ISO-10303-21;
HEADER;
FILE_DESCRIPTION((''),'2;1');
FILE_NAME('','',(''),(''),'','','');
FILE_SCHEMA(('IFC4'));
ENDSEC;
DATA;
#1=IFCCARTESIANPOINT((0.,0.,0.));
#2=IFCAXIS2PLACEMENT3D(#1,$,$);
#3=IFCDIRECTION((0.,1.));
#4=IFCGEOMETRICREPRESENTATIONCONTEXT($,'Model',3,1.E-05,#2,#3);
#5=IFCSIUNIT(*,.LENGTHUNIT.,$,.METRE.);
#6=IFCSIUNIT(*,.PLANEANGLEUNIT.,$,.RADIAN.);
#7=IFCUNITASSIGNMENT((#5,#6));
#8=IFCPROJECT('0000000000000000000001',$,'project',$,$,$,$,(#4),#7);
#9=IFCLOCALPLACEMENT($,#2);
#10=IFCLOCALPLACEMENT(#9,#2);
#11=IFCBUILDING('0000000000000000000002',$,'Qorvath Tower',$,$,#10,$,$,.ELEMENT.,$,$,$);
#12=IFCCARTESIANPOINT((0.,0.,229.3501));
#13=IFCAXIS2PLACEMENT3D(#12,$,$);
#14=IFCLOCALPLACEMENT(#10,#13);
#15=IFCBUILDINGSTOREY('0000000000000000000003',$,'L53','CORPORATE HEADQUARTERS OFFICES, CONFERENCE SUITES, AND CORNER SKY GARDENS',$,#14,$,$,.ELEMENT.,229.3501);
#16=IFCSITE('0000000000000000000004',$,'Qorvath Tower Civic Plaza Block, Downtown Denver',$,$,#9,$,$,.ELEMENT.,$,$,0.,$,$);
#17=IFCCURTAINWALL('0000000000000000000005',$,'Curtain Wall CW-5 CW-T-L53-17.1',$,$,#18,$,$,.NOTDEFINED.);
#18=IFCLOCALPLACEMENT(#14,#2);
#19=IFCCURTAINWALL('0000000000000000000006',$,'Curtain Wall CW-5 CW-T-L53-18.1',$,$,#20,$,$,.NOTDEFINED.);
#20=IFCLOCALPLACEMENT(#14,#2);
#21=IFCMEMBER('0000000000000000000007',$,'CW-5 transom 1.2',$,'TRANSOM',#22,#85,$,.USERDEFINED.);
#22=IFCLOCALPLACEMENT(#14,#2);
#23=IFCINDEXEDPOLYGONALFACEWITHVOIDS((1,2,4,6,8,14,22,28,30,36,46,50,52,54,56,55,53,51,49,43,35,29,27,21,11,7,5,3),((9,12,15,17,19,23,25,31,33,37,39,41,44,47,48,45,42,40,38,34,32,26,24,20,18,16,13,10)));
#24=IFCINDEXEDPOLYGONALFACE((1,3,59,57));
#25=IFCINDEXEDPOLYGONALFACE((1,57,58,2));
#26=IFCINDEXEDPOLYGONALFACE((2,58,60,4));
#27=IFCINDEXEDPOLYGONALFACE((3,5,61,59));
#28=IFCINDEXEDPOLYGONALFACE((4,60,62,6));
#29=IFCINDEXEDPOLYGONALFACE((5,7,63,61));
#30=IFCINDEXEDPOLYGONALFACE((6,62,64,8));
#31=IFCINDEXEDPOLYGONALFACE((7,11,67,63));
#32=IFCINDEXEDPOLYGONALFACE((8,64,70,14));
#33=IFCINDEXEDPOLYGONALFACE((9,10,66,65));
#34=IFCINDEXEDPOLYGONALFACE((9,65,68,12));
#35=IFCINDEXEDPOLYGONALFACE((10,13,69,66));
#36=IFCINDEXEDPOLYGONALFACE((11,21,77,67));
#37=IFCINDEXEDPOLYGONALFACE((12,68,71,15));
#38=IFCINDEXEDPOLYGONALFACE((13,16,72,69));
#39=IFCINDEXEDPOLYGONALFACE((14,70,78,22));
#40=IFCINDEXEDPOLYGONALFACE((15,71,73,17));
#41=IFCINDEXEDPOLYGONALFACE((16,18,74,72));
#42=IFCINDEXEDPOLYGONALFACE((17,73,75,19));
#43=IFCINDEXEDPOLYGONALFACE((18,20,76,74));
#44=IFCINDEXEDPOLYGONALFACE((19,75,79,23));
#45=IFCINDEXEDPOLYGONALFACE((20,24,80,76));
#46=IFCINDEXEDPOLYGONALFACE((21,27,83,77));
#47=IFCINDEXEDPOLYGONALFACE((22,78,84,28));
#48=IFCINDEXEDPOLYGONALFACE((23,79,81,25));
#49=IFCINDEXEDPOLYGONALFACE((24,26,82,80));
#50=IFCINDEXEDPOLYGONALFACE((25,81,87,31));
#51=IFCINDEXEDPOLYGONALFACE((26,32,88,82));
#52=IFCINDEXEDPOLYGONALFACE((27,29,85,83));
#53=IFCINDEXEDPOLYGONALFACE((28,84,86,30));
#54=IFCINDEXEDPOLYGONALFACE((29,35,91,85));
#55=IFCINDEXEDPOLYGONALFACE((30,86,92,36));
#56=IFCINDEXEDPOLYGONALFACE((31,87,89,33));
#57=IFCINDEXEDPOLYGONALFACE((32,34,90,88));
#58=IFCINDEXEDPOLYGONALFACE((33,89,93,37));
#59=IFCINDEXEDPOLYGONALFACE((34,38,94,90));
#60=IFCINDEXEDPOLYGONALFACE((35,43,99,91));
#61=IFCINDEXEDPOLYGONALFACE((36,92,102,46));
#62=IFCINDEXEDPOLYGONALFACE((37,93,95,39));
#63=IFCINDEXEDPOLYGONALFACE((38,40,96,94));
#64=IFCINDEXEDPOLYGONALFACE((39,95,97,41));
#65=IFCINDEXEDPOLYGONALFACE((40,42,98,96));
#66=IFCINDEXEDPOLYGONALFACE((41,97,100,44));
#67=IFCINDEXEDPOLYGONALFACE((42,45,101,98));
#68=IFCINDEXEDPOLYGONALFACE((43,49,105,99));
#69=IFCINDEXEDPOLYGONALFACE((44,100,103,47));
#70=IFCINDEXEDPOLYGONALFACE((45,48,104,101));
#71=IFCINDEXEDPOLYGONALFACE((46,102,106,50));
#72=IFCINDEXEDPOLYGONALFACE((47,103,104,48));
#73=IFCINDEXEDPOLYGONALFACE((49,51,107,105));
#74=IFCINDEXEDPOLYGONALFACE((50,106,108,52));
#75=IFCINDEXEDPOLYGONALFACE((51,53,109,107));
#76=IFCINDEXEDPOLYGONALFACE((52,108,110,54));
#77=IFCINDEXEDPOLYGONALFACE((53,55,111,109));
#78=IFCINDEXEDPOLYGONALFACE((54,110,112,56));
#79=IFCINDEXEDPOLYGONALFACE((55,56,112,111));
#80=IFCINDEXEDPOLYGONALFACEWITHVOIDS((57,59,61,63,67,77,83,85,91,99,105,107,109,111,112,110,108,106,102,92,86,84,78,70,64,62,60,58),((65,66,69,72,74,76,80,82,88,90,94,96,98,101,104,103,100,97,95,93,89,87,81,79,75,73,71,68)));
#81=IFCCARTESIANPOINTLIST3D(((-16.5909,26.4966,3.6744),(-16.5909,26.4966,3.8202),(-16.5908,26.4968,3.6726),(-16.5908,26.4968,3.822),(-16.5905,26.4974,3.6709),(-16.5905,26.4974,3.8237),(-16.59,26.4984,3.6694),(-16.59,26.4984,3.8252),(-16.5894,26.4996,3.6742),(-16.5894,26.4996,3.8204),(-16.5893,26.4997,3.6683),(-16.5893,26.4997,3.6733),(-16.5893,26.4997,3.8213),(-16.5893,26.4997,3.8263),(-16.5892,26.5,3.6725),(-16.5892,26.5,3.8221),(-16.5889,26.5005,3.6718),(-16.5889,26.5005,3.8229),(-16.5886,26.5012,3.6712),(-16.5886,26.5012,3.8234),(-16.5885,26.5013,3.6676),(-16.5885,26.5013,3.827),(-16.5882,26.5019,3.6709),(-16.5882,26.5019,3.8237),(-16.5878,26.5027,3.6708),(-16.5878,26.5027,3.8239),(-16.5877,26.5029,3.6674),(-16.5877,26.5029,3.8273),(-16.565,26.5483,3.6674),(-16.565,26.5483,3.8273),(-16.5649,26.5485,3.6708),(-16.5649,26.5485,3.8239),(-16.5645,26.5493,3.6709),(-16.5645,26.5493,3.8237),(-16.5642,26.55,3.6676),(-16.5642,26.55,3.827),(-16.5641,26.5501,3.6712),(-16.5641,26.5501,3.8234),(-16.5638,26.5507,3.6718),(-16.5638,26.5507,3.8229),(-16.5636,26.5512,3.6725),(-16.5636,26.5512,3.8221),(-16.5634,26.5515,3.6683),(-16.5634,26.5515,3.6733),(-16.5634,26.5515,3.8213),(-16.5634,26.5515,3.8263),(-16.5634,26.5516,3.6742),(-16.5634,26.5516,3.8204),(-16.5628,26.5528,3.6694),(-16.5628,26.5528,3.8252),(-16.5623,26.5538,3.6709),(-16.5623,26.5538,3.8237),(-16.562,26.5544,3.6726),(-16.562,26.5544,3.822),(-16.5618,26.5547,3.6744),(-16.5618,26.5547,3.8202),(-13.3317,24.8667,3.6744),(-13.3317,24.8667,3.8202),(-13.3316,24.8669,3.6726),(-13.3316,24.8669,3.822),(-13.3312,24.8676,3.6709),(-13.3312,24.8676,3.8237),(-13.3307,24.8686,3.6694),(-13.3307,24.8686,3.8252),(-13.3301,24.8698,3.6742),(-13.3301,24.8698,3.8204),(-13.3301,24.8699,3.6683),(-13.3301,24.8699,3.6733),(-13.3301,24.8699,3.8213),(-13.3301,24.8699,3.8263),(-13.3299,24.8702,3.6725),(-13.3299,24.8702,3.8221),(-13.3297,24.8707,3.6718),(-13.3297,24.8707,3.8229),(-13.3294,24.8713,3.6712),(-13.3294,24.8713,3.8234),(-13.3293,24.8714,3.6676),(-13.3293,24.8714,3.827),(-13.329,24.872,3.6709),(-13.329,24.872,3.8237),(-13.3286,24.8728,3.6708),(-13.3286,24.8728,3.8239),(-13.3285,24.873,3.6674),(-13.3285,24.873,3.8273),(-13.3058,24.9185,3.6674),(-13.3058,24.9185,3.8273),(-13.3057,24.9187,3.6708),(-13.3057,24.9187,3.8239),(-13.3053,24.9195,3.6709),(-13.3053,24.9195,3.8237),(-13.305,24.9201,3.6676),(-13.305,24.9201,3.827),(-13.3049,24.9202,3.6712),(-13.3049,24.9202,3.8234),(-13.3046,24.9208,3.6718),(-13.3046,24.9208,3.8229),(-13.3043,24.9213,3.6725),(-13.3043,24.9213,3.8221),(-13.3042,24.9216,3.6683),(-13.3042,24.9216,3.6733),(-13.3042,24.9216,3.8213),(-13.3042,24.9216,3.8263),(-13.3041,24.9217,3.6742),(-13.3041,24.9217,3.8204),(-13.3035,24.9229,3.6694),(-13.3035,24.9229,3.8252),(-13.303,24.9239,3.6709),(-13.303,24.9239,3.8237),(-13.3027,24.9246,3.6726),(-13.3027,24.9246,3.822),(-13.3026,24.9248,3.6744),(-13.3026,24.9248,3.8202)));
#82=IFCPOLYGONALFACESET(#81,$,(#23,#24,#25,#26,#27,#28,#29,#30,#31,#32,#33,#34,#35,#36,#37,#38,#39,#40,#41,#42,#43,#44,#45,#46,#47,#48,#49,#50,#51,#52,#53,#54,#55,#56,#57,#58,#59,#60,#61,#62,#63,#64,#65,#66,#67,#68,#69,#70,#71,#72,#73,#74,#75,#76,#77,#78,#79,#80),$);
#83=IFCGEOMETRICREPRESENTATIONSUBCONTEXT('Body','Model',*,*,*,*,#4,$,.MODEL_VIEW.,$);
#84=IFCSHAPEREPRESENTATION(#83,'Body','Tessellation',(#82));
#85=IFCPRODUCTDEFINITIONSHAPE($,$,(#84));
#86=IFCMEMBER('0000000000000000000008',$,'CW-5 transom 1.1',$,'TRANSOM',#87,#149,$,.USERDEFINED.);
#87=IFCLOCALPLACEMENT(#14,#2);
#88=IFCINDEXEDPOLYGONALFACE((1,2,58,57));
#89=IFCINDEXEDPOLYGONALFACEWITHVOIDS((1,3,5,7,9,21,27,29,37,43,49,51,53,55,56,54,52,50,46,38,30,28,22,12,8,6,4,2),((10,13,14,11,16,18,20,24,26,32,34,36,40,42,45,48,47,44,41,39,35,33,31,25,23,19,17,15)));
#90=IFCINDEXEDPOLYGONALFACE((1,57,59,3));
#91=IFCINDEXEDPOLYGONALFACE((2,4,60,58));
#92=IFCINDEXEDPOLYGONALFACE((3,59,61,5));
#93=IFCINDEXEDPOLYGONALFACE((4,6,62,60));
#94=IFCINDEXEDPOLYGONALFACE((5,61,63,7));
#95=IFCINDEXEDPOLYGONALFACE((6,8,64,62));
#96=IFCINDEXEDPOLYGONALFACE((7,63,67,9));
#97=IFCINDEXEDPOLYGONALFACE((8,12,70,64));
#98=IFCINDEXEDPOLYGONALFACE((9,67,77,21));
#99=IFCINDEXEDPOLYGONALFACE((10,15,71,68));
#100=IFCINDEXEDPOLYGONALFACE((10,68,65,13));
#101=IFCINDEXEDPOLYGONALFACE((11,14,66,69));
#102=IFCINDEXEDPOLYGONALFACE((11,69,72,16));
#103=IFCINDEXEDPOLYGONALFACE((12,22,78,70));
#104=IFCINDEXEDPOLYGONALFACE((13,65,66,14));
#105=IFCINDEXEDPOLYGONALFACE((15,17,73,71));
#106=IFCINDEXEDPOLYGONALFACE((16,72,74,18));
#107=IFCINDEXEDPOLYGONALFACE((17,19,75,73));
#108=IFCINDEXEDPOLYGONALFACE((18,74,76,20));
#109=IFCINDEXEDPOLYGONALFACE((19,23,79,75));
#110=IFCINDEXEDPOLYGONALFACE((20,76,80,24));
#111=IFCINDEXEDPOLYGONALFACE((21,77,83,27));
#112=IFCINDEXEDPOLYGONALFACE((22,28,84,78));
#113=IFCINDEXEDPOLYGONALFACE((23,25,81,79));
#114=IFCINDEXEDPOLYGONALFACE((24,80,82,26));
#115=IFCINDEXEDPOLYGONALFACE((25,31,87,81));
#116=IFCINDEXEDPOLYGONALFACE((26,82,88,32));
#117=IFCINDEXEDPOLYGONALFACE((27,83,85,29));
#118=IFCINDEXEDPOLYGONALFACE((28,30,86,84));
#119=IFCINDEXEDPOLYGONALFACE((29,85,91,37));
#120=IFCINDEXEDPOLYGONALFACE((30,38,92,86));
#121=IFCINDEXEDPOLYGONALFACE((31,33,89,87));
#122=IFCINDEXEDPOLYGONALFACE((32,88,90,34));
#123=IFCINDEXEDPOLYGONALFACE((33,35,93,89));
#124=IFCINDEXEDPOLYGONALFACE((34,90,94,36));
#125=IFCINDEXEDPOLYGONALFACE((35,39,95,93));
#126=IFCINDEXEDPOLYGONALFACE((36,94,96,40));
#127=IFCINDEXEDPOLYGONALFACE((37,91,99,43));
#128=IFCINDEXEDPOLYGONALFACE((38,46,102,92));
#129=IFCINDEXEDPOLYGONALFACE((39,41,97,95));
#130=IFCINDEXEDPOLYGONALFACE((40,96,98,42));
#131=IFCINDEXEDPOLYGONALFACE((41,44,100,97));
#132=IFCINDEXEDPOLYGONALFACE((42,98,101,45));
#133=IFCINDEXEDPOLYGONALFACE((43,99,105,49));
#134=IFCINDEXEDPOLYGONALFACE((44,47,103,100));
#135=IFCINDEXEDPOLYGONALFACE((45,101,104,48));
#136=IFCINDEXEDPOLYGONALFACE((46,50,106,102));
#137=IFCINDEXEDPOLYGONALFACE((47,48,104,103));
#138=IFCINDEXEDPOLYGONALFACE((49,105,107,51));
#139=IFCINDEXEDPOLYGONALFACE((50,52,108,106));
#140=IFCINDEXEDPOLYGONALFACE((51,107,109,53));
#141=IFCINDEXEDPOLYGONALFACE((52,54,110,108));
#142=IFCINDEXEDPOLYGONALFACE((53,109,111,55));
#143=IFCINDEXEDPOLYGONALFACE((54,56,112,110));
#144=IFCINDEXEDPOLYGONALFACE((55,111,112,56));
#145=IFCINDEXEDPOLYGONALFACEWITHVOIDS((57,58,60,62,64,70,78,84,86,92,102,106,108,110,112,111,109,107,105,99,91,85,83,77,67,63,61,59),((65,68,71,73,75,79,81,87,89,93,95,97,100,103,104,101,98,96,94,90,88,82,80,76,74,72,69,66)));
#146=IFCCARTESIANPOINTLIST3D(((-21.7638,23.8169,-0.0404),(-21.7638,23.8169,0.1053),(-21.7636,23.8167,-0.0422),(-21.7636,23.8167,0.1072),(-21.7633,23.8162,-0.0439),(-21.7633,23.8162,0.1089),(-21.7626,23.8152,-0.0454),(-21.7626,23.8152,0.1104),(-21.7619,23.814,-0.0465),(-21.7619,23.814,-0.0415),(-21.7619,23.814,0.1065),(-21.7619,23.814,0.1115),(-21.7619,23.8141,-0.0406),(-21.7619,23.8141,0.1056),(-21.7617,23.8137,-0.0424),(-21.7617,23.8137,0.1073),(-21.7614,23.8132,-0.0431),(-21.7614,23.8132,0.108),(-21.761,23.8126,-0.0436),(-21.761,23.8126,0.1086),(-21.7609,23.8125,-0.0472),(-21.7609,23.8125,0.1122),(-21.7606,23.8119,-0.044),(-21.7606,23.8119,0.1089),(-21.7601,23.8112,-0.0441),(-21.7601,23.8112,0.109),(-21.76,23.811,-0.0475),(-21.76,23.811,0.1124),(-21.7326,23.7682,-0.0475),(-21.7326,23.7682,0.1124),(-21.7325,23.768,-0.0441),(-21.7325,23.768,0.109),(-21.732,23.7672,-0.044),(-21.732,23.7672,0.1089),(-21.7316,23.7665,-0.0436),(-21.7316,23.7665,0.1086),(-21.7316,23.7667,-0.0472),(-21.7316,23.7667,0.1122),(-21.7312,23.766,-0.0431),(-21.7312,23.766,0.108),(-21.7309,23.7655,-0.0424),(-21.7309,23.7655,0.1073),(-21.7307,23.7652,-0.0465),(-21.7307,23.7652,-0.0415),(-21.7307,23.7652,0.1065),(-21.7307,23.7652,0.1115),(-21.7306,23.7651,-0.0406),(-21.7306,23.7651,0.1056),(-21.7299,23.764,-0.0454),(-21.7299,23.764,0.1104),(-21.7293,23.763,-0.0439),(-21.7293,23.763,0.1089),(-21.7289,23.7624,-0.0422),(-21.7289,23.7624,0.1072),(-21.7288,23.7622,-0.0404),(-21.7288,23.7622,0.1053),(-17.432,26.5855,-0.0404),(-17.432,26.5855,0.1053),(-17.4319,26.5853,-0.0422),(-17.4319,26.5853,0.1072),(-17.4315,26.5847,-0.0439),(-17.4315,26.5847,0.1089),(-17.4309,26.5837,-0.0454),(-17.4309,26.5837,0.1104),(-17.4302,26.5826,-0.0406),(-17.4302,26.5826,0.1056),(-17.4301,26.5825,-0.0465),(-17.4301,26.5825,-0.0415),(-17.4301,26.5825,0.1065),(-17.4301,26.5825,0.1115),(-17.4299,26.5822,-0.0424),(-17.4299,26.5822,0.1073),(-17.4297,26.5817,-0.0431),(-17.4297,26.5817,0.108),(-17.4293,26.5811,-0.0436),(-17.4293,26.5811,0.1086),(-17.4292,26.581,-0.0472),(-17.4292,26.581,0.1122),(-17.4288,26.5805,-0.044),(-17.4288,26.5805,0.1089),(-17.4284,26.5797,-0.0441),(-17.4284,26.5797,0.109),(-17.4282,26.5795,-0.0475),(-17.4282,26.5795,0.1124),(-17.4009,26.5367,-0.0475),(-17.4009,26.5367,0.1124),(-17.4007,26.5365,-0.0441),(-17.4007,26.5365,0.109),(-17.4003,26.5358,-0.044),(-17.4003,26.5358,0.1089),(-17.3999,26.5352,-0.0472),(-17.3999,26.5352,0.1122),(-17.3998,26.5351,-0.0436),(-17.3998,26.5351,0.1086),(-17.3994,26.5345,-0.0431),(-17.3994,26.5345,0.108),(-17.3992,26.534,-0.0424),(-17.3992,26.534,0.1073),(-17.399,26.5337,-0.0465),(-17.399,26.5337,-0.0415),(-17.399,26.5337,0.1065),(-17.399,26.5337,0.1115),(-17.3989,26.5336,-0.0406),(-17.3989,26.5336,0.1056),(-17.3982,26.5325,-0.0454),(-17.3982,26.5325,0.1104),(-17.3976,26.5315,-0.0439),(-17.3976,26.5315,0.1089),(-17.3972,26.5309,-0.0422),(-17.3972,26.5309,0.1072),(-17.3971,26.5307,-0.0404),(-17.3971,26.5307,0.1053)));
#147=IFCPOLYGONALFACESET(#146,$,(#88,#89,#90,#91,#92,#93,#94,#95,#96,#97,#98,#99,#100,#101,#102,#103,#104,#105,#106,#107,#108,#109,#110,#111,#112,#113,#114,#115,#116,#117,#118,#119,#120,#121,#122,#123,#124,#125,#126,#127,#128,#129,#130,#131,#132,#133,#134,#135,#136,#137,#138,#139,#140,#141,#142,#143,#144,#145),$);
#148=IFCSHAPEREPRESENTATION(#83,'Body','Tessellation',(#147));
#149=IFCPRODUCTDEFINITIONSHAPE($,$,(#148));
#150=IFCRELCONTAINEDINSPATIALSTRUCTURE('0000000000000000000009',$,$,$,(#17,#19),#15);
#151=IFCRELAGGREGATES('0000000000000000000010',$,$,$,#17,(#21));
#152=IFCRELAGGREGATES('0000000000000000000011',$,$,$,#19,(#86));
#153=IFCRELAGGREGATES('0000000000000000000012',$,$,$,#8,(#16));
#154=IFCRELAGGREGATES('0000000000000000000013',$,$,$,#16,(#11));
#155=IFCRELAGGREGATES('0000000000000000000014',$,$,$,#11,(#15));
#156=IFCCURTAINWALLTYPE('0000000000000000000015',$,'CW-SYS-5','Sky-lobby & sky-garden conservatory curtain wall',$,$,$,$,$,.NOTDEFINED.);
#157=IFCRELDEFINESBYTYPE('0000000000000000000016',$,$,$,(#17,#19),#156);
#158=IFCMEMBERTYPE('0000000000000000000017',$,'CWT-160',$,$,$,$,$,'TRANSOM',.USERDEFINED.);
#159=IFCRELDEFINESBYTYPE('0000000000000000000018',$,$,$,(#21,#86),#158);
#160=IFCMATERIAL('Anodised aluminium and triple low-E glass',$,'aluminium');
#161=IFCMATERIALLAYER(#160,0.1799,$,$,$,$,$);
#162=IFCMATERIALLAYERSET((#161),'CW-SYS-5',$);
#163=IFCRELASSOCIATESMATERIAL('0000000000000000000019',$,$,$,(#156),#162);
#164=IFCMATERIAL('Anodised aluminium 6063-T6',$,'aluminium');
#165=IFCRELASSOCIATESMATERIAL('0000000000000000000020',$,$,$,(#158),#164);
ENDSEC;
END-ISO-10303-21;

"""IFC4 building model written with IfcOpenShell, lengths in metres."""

from ifc_helpers import new_model, si_unit, direction, frame, origin, origin_2d, place, context, subcontext, project, spatial, hollow_rectangle, extrude, material, layer, layer_set, material_profile, profile_set, type_object, element, aggregate, save


model = new_model("IFC4")

# Units and contexts
model_context = context("Model", 3, precision=1e-05, world=origin(), true_north=direction((0.0, 1.0)))
body_context = subcontext(model_context, "Body", "Model", "MODEL_VIEW")
ifc_project = project(units=[si_unit("LENGTHUNIT", "METRE"), si_unit("PLANEANGLEUNIT", "RADIAN")], contexts=[model_context])

# Site, building, storey
site_placement = place(None, origin())
site = spatial("IfcSite", under=ifc_project, at=site_placement, Name="Qorvath Tower Civic Plaza Block, Downtown Denver", CompositionType="ELEMENT", RefElevation=0.0)
building_placement = place(site_placement, origin())
building = spatial("IfcBuilding", under=site, at=building_placement, Name="Qorvath Tower", CompositionType="ELEMENT")
storey_placement = place(building_placement, frame((0.0, 0.0, 229.3501)))
storey = spatial("IfcBuildingStorey", under=building, at=storey_placement, Name="L53", Description="CORPORATE HEADQUARTERS OFFICES, CONFERENCE SUITES, AND CORNER SKY GARDENS", CompositionType="ELEMENT", Elevation=229.3501)

# Shared definitions
ifc_material_1 = material(Name="Anodised aluminium and triple low-E glass", Category="aluminium")
ifc_layer_1 = layer(ifc_material_1, 0.1799)
ifc_layer_set_1 = layer_set([ifc_layer_1], Name="CW-SYS-5")
curtain_wall_type = type_object("IfcCurtainWallType", Name="CW-SYS-5", Description="Sky-lobby & sky-garden conservatory curtain wall", PredefinedType="NOTDEFINED", material=ifc_layer_set_1)

# Curtain wall
curtain_wall_1_placement = place(storey_placement, origin())
curtain_wall_1 = element("IfcCurtainWall", 1, at=curtain_wall_1_placement, inside=storey, type_object=curtain_wall_type, Name="Curtain Wall CW-5 CW-T-L53-17.1", PredefinedType="NOTDEFINED")

# Curtain wall
curtain_wall_2_placement = place(storey_placement, origin())
curtain_wall_2 = element("IfcCurtainWall", 2, at=curtain_wall_2_placement, inside=storey, type_object=curtain_wall_type, Name="Curtain Wall CW-5 CW-T-L53-18.1", PredefinedType="NOTDEFINED")

# Members
ifc_material_2 = material(Name="Anodised aluminium 6063-T6", Category="aluminium")
ifc_material_profile_1 = material_profile(ifc_material_2, hollow_rectangle(XDim=0.0649, YDim=0.1599, WallThickness=0.0034, InnerFilletRadius=0.0034, OuterFilletRadius=0.0071, at=origin_2d()), Name="CWT 160x65")
ifc_profile_set_1 = profile_set([ifc_material_profile_1], Name="Anodised aluminium 6063-T6")
member_type_1 = type_object("IfcMemberType", Name="CWT-160", ElementType="TRANSOM", PredefinedType="USERDEFINED", material=ifc_profile_set_1)
member_1_placement = place(storey_placement, frame((-13.3171, 24.8958, 3.7473), z_axis=(-0.8944, 0.447267, 0.0), x_axis=(-0.447267, -0.8944, 0.0)))
member_1 = element("IfcMember", 3, at=member_1_placement, type_object=member_type_1, Name="CW-5 transom 1.2", ObjectType="TRANSOM", PredefinedType="USERDEFINED", context=body_context, shape_type="SweptSolid", body=[
    extrude(hollow_rectangle(XDim=0.0649, YDim=0.1599, WallThickness=0.0034, InnerFilletRadius=0.0034, OuterFilletRadius=0.0071, at=origin_2d()), origin(), (0.0, 0.0, 1.0), 3.644),
])
member_2_placement = place(storey_placement, frame((-17.4146, 26.5581, 0.0325), z_axis=(-0.842606, -0.538531, 0.0), x_axis=(0.538531, -0.842606, 0.0)))
member_2 = element("IfcMember", 4, at=member_2_placement, type_object=member_type_1, Name="CW-5 transom 1.1", ObjectType="TRANSOM", PredefinedType="USERDEFINED", context=body_context, shape_type="SweptSolid", body=[
    extrude(hollow_rectangle(XDim=0.0649, YDim=0.1599, WallThickness=0.0034, InnerFilletRadius=0.0034, OuterFilletRadius=0.0071, at=origin_2d()), origin(), (0.0, 0.0, 1.0), 5.1409),
])

aggregate(curtain_wall_1, [member_1])
aggregate(curtain_wall_2, [member_2])

save(model, "model.ifc")
